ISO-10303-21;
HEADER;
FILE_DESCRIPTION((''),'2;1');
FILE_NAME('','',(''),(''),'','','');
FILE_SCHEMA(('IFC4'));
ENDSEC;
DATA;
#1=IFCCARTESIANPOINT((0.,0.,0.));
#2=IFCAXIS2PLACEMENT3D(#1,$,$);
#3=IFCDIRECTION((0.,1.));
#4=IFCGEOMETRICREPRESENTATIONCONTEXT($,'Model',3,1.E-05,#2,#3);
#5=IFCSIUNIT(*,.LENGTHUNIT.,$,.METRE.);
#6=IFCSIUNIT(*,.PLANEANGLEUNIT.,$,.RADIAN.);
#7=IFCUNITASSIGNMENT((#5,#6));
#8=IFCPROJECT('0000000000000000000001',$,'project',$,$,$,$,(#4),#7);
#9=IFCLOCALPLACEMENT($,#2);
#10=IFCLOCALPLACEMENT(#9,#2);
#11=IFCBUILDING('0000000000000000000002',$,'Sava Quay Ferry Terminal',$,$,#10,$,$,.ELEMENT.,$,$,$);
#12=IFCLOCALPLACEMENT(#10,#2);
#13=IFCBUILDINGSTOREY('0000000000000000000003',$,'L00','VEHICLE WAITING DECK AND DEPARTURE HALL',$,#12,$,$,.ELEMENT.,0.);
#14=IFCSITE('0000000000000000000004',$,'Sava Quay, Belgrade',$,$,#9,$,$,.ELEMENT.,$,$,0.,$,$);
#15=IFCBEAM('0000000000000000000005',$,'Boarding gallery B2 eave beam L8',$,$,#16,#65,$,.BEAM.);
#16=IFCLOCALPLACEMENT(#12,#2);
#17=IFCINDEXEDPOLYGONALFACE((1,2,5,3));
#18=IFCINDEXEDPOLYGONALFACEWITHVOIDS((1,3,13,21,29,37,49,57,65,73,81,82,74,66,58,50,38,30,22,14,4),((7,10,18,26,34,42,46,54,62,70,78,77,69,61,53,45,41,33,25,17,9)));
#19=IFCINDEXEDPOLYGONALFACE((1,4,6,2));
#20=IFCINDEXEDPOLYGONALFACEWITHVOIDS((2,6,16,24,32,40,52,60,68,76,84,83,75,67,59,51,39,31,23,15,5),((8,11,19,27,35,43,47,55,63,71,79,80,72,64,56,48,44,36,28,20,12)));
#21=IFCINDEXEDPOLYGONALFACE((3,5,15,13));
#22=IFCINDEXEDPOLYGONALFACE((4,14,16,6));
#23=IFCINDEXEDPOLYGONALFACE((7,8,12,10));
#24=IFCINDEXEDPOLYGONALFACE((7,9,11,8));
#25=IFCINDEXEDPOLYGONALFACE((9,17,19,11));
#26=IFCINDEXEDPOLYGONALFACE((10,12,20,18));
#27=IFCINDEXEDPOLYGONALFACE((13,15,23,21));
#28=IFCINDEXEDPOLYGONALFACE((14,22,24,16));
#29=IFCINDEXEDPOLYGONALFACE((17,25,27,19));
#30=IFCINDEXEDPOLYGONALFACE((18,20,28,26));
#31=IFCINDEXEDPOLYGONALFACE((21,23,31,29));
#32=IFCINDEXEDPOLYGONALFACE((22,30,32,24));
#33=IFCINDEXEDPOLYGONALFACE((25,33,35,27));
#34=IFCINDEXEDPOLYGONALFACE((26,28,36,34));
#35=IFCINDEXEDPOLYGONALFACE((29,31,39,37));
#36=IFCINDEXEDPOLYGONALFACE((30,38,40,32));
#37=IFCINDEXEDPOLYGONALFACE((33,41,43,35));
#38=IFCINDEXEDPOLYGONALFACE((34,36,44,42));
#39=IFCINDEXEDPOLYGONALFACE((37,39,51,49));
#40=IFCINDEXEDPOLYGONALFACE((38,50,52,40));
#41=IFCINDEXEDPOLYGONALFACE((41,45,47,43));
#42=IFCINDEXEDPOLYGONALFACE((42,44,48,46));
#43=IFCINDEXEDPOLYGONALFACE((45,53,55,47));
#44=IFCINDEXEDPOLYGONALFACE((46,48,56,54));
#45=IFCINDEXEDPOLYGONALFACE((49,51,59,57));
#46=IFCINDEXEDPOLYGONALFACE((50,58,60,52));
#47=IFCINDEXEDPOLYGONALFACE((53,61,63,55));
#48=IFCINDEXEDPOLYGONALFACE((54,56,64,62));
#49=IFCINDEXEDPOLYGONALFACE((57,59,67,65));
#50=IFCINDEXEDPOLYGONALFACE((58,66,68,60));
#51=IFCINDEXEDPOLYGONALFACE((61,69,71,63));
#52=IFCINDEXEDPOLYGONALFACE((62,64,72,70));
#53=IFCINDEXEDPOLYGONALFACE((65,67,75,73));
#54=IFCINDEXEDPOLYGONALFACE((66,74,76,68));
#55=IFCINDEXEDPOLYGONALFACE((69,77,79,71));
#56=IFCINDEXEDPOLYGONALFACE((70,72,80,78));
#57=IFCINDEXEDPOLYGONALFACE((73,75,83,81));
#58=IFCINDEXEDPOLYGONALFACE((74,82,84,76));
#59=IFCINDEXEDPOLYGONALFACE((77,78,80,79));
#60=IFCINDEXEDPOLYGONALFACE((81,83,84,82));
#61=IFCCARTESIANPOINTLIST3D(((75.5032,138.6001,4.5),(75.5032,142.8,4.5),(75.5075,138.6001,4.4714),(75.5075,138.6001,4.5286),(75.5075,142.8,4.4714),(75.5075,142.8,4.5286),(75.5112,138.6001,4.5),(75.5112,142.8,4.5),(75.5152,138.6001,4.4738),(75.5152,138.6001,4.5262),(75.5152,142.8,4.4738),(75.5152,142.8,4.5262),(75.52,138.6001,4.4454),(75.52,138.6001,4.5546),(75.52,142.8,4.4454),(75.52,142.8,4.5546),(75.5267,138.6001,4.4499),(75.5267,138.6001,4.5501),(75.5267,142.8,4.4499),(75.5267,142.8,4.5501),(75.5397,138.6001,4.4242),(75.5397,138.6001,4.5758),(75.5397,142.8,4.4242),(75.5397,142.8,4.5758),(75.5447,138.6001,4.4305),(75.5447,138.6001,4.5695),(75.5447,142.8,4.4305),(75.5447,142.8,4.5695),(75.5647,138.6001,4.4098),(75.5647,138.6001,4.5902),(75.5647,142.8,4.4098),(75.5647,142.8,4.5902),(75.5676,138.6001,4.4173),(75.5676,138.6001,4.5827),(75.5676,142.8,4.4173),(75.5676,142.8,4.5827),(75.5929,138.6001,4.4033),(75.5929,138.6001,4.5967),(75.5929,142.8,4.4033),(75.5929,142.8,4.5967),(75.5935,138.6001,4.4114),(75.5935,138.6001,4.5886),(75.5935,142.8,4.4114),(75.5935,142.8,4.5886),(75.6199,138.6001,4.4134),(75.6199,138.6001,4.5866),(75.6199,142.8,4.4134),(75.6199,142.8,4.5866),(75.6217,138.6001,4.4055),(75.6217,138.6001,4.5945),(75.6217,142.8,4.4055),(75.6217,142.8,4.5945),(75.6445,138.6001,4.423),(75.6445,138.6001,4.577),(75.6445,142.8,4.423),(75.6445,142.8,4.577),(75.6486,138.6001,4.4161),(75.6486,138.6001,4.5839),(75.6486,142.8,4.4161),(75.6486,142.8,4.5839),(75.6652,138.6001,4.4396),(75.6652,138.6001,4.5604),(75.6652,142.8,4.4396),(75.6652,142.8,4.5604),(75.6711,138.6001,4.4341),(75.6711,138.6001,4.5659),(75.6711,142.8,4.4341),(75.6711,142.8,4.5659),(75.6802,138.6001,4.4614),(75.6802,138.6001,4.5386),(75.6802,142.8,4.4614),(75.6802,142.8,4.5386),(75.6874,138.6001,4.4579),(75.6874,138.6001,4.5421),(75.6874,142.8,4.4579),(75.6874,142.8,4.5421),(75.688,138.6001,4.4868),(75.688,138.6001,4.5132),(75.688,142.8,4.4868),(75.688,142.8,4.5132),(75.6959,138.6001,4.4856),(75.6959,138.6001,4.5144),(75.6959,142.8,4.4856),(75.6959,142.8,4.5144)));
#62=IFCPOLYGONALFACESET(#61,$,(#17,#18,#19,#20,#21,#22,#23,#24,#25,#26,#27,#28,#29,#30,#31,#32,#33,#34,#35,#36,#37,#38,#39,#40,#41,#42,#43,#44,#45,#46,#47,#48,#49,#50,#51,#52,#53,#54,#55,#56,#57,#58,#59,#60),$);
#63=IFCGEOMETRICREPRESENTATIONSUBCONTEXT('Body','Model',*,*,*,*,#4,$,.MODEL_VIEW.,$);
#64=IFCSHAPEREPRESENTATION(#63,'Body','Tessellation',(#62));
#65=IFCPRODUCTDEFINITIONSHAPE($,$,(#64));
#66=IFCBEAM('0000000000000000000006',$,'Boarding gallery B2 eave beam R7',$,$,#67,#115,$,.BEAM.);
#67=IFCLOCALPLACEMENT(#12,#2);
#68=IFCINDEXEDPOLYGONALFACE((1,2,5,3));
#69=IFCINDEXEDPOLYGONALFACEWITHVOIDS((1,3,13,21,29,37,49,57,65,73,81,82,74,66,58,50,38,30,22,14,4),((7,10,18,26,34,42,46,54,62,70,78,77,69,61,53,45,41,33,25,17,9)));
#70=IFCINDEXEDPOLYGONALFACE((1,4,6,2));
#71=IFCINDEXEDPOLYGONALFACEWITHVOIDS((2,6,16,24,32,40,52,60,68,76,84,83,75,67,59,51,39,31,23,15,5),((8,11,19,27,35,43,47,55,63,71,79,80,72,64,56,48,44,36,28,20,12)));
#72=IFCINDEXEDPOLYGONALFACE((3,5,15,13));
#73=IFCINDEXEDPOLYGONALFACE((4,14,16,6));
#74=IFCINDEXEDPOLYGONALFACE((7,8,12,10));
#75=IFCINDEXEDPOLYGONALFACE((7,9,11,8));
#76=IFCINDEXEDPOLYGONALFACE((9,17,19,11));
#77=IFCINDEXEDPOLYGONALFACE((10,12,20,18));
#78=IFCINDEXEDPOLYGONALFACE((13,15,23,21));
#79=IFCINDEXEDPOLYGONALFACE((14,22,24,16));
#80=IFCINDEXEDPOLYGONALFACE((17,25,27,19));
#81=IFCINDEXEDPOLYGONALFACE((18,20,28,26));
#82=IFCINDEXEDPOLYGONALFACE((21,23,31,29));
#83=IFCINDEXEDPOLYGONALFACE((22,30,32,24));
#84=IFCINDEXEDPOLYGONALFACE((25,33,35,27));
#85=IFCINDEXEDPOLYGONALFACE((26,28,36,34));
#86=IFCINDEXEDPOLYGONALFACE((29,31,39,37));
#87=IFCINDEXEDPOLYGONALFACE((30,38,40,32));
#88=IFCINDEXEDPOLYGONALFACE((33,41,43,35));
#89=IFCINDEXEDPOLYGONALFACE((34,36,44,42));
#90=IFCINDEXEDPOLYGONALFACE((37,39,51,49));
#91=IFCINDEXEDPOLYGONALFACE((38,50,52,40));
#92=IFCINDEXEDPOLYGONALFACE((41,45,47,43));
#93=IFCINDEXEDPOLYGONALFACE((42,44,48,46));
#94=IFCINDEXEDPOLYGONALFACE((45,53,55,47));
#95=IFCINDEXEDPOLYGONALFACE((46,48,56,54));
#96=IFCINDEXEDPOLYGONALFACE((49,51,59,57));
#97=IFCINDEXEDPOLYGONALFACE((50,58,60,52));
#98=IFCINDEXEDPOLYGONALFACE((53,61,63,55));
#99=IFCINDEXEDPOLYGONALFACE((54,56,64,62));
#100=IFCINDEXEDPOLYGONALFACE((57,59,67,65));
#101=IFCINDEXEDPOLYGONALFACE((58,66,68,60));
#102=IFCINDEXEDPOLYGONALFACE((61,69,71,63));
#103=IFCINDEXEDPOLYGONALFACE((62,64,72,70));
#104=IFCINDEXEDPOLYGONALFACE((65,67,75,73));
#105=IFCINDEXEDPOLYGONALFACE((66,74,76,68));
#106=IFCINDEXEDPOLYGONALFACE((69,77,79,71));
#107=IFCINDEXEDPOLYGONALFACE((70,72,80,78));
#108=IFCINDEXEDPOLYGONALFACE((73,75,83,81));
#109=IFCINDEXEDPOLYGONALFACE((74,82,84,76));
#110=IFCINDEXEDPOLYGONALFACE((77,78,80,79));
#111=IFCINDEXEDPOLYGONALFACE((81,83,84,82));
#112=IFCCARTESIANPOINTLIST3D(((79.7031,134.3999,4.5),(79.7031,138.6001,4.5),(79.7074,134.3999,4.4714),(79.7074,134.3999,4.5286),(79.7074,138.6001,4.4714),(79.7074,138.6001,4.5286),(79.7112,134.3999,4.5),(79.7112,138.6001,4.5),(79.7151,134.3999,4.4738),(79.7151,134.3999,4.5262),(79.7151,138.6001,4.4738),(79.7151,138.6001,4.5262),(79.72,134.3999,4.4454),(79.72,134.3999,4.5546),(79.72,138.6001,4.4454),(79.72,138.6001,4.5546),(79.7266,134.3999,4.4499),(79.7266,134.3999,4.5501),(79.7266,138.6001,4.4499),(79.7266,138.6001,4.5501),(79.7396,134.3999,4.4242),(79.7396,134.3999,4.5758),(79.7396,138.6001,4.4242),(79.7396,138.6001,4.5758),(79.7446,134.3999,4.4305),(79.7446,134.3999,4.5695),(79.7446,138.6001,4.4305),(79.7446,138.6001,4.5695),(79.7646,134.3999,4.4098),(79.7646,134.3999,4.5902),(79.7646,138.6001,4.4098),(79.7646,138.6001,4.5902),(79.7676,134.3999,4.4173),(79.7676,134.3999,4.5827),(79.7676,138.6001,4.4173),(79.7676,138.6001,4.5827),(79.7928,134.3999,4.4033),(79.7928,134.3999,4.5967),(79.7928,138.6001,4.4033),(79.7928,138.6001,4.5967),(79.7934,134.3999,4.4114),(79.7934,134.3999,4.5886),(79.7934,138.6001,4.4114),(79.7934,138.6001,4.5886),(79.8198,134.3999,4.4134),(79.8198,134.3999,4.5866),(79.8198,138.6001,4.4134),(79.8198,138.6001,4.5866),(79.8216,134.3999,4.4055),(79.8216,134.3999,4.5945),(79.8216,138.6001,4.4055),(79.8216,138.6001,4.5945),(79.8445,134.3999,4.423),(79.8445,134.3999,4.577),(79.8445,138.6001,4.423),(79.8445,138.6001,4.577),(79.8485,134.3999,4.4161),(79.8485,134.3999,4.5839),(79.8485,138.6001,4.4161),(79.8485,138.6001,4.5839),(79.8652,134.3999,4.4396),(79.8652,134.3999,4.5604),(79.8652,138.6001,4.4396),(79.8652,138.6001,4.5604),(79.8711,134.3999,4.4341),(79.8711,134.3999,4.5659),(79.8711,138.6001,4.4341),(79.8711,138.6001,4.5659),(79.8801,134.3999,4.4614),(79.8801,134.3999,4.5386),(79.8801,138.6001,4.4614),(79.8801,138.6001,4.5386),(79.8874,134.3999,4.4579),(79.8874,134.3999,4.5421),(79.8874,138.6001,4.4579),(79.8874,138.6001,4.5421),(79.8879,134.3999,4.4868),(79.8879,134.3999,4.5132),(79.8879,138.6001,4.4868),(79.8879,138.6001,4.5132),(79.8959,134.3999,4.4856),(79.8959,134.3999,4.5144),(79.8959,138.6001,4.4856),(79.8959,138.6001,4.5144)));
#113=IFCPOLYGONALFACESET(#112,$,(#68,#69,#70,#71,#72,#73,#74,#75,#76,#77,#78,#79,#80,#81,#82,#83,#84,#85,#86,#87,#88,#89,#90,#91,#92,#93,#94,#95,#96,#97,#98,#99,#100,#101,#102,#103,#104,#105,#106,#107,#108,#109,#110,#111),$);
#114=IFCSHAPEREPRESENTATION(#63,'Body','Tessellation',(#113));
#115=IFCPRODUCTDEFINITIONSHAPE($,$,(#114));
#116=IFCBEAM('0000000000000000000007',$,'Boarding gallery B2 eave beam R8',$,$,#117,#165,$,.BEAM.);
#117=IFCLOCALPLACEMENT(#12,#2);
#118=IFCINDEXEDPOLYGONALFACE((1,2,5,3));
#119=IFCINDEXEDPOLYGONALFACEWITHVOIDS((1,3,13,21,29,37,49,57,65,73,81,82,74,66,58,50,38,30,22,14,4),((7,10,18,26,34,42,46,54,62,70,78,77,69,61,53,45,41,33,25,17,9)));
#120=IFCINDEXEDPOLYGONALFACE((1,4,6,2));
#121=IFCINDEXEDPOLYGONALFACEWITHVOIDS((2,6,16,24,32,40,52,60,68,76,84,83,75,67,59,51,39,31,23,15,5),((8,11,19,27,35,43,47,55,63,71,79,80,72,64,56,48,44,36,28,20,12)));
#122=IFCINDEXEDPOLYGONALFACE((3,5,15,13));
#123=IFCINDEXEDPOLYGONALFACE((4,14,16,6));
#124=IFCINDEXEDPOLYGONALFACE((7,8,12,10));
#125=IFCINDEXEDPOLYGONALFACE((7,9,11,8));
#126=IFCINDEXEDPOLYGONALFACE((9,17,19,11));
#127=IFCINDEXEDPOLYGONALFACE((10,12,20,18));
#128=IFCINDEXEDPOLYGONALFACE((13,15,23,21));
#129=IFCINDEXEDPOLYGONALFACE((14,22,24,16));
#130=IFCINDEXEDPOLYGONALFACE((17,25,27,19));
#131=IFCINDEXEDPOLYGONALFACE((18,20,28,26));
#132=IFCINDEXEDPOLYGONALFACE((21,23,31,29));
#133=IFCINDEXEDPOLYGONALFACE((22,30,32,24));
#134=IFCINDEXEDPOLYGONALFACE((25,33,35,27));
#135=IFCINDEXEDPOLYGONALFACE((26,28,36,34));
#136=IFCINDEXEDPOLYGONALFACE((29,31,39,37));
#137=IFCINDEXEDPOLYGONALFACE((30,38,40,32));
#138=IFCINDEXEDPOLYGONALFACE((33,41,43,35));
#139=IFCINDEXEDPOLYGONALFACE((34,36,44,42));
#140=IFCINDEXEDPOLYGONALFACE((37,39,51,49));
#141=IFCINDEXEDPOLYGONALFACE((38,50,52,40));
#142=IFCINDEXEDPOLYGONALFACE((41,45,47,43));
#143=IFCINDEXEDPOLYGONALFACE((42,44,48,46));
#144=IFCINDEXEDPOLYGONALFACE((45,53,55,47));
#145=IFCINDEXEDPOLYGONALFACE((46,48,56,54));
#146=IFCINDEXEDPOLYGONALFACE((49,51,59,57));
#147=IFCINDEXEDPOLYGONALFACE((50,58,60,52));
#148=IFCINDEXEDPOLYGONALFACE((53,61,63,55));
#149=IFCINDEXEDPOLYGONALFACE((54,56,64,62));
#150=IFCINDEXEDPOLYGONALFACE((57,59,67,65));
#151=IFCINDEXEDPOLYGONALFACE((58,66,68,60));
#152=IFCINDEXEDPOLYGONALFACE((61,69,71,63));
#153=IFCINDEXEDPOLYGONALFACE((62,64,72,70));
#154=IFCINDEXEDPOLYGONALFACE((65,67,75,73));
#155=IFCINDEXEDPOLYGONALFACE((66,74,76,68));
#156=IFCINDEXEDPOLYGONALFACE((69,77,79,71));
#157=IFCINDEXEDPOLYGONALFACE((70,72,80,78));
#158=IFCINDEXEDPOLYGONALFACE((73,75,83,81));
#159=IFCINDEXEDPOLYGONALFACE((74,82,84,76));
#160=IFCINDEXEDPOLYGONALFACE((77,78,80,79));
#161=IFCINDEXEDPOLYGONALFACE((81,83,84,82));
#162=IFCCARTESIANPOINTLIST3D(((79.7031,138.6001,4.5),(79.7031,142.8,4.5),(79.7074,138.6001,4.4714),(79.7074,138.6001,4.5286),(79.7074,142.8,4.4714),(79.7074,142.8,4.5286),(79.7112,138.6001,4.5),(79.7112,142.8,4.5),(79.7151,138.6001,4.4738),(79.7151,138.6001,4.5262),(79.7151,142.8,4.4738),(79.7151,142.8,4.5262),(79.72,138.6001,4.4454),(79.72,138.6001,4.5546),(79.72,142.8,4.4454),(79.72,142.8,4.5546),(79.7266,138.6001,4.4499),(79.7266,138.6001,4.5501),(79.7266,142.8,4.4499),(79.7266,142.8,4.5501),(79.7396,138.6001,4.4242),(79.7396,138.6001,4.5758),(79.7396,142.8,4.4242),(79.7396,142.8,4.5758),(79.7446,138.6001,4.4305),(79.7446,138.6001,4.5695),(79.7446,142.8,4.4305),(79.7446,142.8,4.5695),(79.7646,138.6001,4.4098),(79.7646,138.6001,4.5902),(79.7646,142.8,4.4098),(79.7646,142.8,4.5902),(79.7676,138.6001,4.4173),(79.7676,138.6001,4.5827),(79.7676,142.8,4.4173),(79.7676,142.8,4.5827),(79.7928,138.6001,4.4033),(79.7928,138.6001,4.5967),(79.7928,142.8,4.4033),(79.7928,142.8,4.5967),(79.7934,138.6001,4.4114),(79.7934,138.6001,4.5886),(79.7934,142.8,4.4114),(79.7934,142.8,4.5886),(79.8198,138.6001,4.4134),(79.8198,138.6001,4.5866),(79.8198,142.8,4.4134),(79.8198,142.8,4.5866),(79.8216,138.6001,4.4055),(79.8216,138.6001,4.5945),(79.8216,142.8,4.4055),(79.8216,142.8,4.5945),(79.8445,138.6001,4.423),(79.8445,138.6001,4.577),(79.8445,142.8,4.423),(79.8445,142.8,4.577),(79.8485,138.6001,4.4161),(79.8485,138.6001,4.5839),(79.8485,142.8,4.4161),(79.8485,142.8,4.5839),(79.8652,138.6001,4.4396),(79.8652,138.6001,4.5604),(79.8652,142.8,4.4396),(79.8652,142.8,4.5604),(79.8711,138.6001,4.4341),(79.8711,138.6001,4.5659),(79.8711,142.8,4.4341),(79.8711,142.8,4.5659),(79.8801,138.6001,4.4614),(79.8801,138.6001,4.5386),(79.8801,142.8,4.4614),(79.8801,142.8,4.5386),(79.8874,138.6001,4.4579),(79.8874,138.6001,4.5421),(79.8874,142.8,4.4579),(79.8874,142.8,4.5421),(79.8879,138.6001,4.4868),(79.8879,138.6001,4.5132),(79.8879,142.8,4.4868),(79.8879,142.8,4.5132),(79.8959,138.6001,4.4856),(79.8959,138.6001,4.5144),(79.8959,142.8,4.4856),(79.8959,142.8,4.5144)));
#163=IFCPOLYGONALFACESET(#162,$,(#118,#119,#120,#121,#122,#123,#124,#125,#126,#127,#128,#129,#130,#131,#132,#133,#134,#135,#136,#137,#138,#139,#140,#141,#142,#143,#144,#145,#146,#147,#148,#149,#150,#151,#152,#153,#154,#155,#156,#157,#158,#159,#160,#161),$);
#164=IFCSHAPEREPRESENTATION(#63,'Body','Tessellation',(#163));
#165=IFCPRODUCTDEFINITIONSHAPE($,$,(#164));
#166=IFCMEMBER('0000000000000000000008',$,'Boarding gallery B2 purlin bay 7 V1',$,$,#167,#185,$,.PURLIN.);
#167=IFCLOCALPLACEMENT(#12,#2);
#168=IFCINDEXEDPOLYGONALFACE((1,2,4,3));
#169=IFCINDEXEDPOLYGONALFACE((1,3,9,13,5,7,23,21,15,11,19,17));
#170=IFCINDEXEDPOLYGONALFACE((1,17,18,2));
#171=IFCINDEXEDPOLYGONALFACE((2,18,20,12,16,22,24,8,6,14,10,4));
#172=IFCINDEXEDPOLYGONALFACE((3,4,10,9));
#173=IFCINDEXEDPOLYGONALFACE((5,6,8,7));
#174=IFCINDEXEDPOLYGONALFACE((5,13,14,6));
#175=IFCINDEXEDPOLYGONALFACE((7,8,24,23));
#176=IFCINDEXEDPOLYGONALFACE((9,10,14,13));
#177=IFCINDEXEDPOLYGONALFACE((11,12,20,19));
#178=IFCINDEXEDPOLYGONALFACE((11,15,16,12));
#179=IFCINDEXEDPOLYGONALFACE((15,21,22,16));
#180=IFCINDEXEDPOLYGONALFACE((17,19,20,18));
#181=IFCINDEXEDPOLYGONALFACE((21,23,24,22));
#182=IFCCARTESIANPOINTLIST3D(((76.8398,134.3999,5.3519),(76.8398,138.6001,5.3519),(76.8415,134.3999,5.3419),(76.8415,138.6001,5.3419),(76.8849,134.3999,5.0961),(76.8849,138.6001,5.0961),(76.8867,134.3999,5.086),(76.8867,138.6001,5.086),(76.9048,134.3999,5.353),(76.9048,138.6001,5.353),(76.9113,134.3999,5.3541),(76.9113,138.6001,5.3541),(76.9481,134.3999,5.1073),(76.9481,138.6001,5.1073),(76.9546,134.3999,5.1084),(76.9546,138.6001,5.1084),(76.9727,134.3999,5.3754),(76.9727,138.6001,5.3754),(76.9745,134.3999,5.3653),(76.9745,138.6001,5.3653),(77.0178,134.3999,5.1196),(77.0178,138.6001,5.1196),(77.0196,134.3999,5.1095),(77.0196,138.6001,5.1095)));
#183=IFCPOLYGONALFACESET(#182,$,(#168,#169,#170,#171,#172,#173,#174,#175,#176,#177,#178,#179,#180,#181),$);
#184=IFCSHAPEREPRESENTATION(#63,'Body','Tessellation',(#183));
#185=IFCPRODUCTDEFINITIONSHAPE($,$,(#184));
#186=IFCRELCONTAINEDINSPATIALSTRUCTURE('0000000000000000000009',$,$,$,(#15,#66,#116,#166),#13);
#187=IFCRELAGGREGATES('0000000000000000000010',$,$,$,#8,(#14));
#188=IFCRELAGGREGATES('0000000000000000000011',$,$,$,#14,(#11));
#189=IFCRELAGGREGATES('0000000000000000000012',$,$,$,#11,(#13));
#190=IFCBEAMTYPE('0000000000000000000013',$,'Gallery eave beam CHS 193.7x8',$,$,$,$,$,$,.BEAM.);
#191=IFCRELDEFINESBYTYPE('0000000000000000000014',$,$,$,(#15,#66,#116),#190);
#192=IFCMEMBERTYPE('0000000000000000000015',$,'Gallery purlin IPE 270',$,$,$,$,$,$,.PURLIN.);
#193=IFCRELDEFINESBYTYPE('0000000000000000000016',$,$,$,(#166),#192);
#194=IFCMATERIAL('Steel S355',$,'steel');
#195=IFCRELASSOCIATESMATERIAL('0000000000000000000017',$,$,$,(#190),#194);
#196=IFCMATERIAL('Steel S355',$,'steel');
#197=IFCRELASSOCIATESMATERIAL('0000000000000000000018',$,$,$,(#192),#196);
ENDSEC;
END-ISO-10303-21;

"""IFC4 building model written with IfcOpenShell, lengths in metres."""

from ifc_helpers import new_model, si_unit, direction, frame, origin, origin_2d, place, context, subcontext, project, spatial, hollow_circle, i_section, extrude, material, material_profile, profile_set, type_object, element, save


model = new_model("IFC4")

# Units and contexts
model_context = context("Model", 3, precision=1e-05, world=origin(), true_north=direction((0.0, 1.0)))
body_context = subcontext(model_context, "Body", "Model", "MODEL_VIEW")
ifc_project = project(units=[si_unit("LENGTHUNIT", "METRE"), si_unit("PLANEANGLEUNIT", "RADIAN")], contexts=[model_context])

# Site, building, storey
site_placement = place(None, origin())
site = spatial("IfcSite", under=ifc_project, at=site_placement, Name="Sava Quay, Belgrade", CompositionType="ELEMENT", RefElevation=0.0)
building_placement = place(site_placement, origin())
building = spatial("IfcBuilding", under=site, at=building_placement, Name="Sava Quay Ferry Terminal", CompositionType="ELEMENT")
storey_placement = place(building_placement, origin())
storey = spatial("IfcBuildingStorey", under=building, at=storey_placement, Name="L00", Description="VEHICLE WAITING DECK AND DEPARTURE HALL", CompositionType="ELEMENT", Elevation=0.0)

# Beams
ifc_material_1 = material(Name="Steel S355", Category="steel")
ifc_material_profile_1 = material_profile(ifc_material_1, hollow_circle(Radius=0.0969, WallThickness=0.0081, at=origin_2d()), Name="CHS 193.7 x 8.0")
ifc_profile_set_1 = profile_set([ifc_material_profile_1], Name="Steel S355")
beam_type_1 = type_object("IfcBeamType", Name="Gallery eave beam CHS 193.7x8", PredefinedType="BEAM", material=ifc_profile_set_1)
beam_1_placement = place(storey_placement, frame((75.6001, 138.6001, 4.5), z_axis=(0.0, 1.0, 0.0), x_axis=(-1.0, 0.0, 0.0)))
element("IfcBeam", 1, at=beam_1_placement, inside=storey, type_object=beam_type_1, Name="Boarding gallery B2 eave beam L8", PredefinedType="BEAM", context=body_context, shape_type="SweptSolid", body=[
    extrude(hollow_circle(Radius=0.0969, WallThickness=0.0081, at=origin_2d()), origin(), (0.0, 0.0, 1.0), 4.2),
])
beam_2_placement = place(storey_placement, frame((79.8, 134.3999, 4.5), z_axis=(0.0, 1.0, 0.0), x_axis=(-1.0, 0.0, 0.0)))
element("IfcBeam", 2, at=beam_2_placement, inside=storey, type_object=beam_type_1, Name="Boarding gallery B2 eave beam R7", PredefinedType="BEAM", context=body_context, shape_type="SweptSolid", body=[
    extrude(hollow_circle(Radius=0.0969, WallThickness=0.0081, at=origin_2d()), origin(), (0.0, 0.0, 1.0), 4.2002),
])
beam_3_placement = place(storey_placement, frame((79.8, 138.6001, 4.5), z_axis=(0.0, 1.0, 0.0), x_axis=(-1.0, 0.0, 0.0)))
element("IfcBeam", 3, at=beam_3_placement, inside=storey, type_object=beam_type_1, Name="Boarding gallery B2 eave beam R8", PredefinedType="BEAM", context=body_context, shape_type="SweptSolid", body=[
    extrude(hollow_circle(Radius=0.0969, WallThickness=0.0081, at=origin_2d()), origin(), (0.0, 0.0, 1.0), 4.2),
])

# Member
ifc_material_2 = material(Name="Steel S355", Category="steel")
ifc_material_profile_2 = material_profile(ifc_material_2, i_section(OverallWidth=0.135, OverallDepth=0.27, WebThickness=0.0066, FlangeThickness=0.0103, at=origin_2d()), Name="IPE 270")
ifc_profile_set_2 = profile_set([ifc_material_profile_2], Name="Steel S355")
member_type_1 = type_object("IfcMemberType", Name="Gallery purlin IPE 270", PredefinedType="PURLIN", material=ifc_profile_set_2)
for number, where, z_axis, x_axis, name in (
    (4, (76.9297, 134.3999, 5.2307), (0.0, 1.0, 0.0), (-0.984808, 0.0, -0.173648), "Boarding gallery B2 purlin bay 7 V1"),
):
    element("IfcMember", number, at=place(storey_placement, frame(where, z_axis=z_axis, x_axis=x_axis)), inside=storey, type_object=member_type_1, Name=name, PredefinedType="PURLIN", context=body_context, shape_type="SweptSolid", body=[
        extrude(i_section(OverallWidth=0.135, OverallDepth=0.27, WebThickness=0.0066, FlangeThickness=0.0103, at=origin_2d()), origin(), (0.0, 0.0, 1.0), 4.2002),
    ])

save(model, "model.ifc")
